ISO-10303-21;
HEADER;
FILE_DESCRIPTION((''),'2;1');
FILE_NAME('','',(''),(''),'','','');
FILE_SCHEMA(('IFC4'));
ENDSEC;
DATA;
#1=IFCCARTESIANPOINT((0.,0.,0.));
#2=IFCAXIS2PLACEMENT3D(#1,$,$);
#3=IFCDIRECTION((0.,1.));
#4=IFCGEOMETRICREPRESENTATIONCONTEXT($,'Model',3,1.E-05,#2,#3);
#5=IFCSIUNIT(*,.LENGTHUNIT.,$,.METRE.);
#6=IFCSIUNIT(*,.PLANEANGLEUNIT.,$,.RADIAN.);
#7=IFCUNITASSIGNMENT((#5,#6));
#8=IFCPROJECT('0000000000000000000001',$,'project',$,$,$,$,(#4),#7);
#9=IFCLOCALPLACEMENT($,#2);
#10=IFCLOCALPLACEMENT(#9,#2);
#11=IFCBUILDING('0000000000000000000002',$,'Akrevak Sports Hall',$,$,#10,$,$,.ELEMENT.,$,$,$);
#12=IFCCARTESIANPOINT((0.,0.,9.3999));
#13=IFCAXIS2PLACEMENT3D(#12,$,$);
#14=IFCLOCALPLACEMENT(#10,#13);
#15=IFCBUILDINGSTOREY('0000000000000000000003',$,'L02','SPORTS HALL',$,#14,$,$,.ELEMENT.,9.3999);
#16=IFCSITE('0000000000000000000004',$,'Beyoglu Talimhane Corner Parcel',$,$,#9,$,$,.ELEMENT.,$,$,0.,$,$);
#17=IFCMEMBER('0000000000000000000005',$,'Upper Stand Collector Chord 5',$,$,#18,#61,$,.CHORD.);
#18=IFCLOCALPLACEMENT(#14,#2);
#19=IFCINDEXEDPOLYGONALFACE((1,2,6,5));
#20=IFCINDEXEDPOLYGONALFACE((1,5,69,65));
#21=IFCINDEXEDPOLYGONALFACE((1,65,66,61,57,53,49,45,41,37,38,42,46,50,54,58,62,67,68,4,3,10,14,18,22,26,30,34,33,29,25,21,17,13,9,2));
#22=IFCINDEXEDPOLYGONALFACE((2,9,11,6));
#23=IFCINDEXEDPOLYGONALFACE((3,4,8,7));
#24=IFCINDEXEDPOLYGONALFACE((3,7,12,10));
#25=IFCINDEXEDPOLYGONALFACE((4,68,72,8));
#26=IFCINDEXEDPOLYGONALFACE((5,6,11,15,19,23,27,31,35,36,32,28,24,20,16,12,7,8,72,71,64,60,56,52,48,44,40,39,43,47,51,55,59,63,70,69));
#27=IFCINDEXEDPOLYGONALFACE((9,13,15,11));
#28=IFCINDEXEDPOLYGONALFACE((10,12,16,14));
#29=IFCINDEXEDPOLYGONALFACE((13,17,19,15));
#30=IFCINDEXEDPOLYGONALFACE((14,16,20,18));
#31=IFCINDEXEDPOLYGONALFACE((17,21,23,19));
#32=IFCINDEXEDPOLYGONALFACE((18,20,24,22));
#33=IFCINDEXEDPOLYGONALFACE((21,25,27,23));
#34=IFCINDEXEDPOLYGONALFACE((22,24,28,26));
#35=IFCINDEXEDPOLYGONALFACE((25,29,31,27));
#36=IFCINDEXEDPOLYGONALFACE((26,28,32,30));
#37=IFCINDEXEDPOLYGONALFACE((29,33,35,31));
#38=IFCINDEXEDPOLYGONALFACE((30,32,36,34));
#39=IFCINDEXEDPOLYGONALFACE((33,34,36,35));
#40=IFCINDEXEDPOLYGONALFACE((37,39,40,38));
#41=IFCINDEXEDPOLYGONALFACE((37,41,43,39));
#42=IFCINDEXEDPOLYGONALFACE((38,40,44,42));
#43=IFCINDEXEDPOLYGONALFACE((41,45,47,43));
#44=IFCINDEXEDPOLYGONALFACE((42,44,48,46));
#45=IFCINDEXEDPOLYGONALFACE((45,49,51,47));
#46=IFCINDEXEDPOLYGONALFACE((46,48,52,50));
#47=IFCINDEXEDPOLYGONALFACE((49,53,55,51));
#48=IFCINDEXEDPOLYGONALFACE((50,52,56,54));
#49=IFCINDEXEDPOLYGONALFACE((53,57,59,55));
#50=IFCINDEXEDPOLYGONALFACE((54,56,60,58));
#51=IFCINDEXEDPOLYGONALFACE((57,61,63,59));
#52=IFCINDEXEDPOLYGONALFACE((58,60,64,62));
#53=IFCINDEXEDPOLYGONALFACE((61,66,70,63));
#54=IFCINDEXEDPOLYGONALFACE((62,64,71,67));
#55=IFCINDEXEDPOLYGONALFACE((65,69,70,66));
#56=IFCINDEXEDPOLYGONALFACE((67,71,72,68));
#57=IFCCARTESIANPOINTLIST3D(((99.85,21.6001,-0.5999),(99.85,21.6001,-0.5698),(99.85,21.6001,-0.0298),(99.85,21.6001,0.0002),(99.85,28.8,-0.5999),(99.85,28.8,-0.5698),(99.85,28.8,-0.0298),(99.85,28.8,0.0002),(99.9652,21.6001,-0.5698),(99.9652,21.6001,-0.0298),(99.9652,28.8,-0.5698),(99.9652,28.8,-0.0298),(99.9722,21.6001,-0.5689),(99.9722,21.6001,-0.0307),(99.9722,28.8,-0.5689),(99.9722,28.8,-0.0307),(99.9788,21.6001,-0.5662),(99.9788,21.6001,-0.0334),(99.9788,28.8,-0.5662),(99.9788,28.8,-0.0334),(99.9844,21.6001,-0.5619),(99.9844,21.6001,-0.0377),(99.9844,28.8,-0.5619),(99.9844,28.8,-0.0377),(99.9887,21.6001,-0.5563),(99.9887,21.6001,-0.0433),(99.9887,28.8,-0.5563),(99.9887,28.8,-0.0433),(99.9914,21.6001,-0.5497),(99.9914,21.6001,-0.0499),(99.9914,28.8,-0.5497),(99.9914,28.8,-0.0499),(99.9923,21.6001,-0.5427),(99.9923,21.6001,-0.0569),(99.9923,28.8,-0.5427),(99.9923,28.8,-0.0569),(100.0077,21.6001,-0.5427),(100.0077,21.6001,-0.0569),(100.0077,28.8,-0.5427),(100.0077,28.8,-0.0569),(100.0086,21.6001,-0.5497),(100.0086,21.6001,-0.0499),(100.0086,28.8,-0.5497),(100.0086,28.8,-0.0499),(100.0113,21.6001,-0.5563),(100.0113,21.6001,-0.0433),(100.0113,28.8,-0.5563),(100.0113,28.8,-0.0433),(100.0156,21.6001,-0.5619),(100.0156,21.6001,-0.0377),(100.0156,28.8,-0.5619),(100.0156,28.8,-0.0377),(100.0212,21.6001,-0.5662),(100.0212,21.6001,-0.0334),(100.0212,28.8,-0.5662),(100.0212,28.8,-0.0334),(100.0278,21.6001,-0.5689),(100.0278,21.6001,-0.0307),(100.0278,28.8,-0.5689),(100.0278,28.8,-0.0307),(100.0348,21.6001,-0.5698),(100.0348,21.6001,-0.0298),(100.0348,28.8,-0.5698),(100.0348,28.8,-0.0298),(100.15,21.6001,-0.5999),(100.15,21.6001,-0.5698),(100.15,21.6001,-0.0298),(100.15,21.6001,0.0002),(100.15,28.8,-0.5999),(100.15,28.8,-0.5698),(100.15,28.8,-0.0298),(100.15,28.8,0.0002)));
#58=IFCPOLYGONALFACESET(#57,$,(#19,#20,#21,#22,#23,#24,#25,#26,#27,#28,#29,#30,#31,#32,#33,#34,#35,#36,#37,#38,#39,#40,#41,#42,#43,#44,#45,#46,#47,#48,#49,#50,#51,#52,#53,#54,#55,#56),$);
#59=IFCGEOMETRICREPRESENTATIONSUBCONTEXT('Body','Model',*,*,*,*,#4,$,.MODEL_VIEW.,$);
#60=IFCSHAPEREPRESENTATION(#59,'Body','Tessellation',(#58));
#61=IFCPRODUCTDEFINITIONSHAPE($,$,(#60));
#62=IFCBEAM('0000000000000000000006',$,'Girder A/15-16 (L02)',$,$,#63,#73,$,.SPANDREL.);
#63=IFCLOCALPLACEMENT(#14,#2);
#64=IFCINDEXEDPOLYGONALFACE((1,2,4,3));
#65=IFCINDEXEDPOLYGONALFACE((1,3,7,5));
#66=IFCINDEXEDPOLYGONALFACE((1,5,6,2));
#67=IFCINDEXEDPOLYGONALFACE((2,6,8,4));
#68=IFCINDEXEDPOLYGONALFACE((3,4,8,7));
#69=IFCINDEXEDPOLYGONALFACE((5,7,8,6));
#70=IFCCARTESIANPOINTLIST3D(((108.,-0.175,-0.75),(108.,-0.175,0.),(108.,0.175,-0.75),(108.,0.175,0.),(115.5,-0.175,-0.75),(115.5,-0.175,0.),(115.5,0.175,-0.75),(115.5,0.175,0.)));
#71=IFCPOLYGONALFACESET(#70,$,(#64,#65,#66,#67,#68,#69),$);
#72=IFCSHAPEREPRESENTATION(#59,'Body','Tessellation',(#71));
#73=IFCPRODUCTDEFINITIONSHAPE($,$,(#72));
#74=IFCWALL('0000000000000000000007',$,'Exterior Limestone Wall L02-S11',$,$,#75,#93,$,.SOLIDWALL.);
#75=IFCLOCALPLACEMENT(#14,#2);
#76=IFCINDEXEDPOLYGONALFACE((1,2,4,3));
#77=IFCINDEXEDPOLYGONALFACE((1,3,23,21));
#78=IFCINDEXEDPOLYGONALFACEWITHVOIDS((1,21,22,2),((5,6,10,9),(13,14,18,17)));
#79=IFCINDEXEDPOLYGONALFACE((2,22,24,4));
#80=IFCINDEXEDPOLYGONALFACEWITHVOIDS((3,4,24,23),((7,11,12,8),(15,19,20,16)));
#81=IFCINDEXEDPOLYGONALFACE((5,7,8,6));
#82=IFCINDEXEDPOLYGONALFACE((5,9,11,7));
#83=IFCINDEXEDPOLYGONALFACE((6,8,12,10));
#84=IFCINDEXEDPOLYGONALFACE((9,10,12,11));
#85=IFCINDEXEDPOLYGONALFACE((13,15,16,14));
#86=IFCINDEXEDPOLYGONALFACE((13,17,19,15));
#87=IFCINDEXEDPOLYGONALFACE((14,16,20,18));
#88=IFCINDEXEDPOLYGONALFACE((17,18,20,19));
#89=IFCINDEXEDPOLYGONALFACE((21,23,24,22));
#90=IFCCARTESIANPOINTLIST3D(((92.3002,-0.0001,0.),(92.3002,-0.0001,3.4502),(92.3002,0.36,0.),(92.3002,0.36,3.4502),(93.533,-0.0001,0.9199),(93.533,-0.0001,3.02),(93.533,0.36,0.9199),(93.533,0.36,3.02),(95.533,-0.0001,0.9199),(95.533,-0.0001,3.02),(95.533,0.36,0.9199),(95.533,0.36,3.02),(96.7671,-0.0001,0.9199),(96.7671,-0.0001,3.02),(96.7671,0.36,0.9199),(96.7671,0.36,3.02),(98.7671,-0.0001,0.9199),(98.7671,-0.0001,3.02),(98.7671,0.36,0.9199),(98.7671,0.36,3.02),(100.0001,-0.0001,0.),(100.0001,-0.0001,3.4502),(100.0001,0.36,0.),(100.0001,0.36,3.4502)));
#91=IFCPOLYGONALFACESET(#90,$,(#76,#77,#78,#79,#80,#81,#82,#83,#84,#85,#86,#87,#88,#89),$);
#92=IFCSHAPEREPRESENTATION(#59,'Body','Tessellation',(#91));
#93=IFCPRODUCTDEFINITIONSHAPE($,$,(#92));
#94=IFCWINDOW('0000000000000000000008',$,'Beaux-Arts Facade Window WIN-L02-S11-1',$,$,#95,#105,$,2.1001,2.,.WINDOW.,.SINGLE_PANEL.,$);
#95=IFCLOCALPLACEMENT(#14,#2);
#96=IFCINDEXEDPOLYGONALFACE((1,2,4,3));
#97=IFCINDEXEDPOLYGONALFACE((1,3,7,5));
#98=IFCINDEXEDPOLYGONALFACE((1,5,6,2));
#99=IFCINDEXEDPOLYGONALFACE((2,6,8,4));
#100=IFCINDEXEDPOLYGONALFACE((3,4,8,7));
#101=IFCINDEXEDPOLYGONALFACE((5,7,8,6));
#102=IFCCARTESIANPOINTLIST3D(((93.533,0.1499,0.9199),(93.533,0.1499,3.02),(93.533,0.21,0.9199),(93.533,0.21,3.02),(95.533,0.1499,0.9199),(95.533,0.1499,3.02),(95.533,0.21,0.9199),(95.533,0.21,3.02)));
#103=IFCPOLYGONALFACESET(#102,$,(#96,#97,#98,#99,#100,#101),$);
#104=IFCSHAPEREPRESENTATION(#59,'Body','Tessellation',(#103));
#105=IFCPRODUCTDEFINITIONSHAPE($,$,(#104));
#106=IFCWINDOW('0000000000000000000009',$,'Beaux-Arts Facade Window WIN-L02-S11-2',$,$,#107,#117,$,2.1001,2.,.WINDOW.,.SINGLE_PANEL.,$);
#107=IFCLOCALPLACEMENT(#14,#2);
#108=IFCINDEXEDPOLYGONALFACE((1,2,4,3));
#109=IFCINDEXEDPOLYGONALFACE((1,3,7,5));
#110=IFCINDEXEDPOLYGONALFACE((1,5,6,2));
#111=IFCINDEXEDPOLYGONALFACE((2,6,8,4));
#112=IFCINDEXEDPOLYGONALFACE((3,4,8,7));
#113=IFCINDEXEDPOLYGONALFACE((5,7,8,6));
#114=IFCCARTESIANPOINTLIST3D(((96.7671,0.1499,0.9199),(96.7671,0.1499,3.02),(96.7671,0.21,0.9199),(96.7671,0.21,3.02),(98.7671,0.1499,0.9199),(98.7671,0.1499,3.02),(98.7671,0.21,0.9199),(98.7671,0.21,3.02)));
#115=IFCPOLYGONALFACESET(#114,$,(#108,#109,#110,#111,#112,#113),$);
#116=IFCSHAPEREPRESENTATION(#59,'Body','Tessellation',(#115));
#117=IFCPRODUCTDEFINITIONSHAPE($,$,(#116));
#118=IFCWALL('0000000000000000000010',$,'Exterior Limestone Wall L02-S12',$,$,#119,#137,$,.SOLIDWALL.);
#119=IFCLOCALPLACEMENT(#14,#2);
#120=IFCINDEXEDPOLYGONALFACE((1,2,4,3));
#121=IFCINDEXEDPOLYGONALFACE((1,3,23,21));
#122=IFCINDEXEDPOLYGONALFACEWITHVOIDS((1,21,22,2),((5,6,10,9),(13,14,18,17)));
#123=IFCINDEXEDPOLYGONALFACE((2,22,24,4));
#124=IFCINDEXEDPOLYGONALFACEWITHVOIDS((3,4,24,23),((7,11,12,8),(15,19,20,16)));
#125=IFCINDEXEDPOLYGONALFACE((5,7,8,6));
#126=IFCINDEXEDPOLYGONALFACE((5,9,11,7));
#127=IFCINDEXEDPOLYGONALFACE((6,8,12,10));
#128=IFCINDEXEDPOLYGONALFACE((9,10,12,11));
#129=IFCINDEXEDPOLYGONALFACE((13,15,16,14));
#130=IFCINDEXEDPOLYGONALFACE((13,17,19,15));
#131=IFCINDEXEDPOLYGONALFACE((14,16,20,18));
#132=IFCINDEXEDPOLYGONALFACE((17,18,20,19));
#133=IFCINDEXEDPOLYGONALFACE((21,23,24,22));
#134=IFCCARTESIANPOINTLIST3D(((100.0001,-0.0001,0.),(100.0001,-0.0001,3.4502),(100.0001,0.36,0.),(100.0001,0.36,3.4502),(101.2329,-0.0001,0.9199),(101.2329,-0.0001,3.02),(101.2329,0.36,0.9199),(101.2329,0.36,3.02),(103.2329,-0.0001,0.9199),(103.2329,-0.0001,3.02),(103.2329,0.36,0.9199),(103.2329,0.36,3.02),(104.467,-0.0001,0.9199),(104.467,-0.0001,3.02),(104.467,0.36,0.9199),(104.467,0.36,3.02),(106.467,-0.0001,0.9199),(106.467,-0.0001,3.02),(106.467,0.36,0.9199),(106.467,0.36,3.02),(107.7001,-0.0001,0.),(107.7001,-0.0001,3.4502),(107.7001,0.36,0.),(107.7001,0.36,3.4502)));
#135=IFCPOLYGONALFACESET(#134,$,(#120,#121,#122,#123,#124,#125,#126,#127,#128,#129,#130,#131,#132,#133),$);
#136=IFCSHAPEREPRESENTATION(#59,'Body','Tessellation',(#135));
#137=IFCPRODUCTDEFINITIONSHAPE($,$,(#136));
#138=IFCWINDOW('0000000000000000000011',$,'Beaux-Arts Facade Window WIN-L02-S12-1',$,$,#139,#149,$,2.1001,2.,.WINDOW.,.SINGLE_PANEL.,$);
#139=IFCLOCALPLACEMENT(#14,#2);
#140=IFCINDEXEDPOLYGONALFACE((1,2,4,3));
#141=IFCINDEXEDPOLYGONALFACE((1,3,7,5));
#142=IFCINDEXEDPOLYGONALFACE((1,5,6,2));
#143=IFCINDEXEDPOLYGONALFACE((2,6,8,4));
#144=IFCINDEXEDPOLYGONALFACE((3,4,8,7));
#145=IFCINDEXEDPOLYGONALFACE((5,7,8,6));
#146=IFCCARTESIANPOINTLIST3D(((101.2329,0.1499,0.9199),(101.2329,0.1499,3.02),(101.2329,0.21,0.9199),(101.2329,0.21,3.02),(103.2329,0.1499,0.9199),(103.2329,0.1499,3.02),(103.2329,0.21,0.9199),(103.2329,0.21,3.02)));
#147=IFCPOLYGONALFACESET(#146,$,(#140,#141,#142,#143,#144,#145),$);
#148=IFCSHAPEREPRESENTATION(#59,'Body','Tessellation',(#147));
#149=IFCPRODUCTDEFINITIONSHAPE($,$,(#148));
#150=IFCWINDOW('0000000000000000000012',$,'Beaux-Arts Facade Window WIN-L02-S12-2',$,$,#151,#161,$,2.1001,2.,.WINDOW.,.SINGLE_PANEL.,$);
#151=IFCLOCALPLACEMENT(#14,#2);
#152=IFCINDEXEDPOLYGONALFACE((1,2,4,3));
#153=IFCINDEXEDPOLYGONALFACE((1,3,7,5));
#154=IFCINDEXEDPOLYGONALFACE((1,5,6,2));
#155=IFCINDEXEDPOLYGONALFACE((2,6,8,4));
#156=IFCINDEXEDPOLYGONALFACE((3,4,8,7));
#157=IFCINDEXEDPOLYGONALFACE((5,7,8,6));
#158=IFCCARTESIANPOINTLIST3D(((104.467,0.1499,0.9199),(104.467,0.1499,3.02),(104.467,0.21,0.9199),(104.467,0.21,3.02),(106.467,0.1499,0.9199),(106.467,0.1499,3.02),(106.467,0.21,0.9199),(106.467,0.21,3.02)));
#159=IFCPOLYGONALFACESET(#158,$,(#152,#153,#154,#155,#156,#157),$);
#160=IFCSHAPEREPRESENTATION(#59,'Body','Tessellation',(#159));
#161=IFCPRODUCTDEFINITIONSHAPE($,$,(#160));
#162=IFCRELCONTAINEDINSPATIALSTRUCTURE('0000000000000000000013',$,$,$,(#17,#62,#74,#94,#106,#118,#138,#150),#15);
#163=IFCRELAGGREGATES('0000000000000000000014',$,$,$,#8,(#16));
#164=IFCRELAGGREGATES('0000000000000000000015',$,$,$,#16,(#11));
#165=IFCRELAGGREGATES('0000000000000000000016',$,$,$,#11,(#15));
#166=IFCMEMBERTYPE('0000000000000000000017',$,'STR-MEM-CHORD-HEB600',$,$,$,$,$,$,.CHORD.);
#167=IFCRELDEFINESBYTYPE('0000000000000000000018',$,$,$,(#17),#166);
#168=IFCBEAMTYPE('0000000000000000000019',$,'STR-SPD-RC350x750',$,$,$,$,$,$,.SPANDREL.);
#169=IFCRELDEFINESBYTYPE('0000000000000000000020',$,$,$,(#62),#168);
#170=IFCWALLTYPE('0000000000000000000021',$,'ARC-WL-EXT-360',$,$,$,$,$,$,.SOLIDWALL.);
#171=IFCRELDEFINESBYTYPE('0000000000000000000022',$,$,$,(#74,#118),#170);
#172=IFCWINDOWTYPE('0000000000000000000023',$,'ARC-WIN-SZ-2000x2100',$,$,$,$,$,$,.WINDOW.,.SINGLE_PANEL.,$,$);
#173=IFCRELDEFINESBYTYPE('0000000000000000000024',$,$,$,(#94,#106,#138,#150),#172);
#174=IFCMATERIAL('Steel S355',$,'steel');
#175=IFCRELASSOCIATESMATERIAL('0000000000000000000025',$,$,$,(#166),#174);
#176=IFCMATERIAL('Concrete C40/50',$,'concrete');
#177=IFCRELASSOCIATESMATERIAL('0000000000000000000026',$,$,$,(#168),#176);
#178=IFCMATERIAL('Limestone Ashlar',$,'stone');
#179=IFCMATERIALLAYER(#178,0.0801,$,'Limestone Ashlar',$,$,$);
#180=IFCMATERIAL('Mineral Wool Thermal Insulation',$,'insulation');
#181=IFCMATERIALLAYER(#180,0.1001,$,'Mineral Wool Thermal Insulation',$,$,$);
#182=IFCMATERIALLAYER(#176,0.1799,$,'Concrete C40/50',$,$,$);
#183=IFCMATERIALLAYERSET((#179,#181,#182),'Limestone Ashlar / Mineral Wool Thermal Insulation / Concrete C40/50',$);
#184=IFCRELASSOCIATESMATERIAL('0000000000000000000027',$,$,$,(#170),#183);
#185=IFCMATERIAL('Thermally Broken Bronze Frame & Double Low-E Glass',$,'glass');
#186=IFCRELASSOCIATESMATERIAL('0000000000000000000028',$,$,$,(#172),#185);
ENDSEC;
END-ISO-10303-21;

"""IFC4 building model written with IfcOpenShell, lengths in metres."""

from ifc_helpers import new_model, si_unit, direction, frame, frame_2d, origin, origin_2d, place, context, subcontext, project, spatial, rectangle, i_section, extrude, material, layer, layer_set, material_profile, profile_set, type_object, element, fill, save


model = new_model("IFC4")

# Units and contexts
model_context = context("Model", 3, precision=1e-05, world=origin(), true_north=direction((0.0, 1.0)))
body_context = subcontext(model_context, "Body", "Model", "MODEL_VIEW")
ifc_project = project(units=[si_unit("LENGTHUNIT", "METRE"), si_unit("PLANEANGLEUNIT", "RADIAN")], contexts=[model_context])

# Site, building, storey
site_placement = place(None, origin())
site = spatial("IfcSite", under=ifc_project, at=site_placement, Name="Beyoglu Talimhane Corner Parcel", CompositionType="ELEMENT", RefElevation=0.0)
building_placement = place(site_placement, origin())
building = spatial("IfcBuilding", under=site, at=building_placement, Name="Akrevak Sports Hall", CompositionType="ELEMENT")
storey_placement = place(building_placement, frame((0.0, 0.0, 9.3999)))
storey = spatial("IfcBuildingStorey", under=building, at=storey_placement, Name="L02", Description="SPORTS HALL", CompositionType="ELEMENT", Elevation=9.3999)

# Shared definitions
ifc_material_1 = material(Name="Concrete C40/50", Category="concrete")

# Member
ifc_material_2 = material(Name="Steel S355", Category="steel")
ifc_material_profile_1 = material_profile(ifc_material_2, i_section(OverallWidth=0.3, OverallDepth=0.6001, WebThickness=0.0154, FlangeThickness=0.03, FilletRadius=0.0271, at=origin_2d()), Name="HEB 600", Category="steel")
ifc_profile_set_1 = profile_set([ifc_material_profile_1], Name="Steel S355")
member_type = type_object("IfcMemberType", Name="STR-MEM-CHORD-HEB600", PredefinedType="CHORD", material=ifc_profile_set_1)
member_placement = place(storey_placement, frame((100.0, 21.6001, -0.2998), z_axis=(0.0, 1.0, 0.0), x_axis=(-1.0, 0.0, 0.0)))
element("IfcMember", 1, at=member_placement, inside=storey, type_object=member_type, Name="Upper Stand Collector Chord 5", PredefinedType="CHORD", context=body_context, shape_type="SweptSolid", body=[
    extrude(i_section(OverallWidth=0.3, OverallDepth=0.6001, WebThickness=0.0154, FlangeThickness=0.03, FilletRadius=0.0271, at=origin_2d()), origin(), (0.0, 0.0, 1.0), 7.2),
])

# Beam
ifc_material_profile_2 = material_profile(ifc_material_1, rectangle(XDim=0.3501, YDim=0.75, at=origin_2d()), Name="SPD 350x750", Category="concrete")
ifc_profile_set_2 = profile_set([ifc_material_profile_2], Name="Concrete C40/50")
beam_type_1 = type_object("IfcBeamType", Name="STR-SPD-RC350x750", PredefinedType="SPANDREL", material=ifc_profile_set_2)
beam_1_placement = place(storey_placement, frame((108.0, 0.0, -0.375), z_axis=(1.0, 0.0, 0.0), x_axis=(0.0, 1.0, 0.0)))
element("IfcBeam", 2, at=beam_1_placement, inside=storey, type_object=beam_type_1, Name="Girder A/15-16 (L02)", PredefinedType="SPANDREL", context=body_context, shape_type="SweptSolid", body=[
    extrude(rectangle(XDim=0.3501, YDim=0.75, at=origin_2d()), origin(), (0.0, 0.0, 1.0), 7.5),
])

# Walls, openings, windows
ifc_material_3 = material(Name="Limestone Ashlar", Category="stone")
ifc_layer_1 = layer(ifc_material_3, 0.0801, Name="Limestone Ashlar")
ifc_material_4 = material(Name="Mineral Wool Thermal Insulation", Category="insulation")
ifc_layer_2 = layer(ifc_material_4, 0.1001, Name="Mineral Wool Thermal Insulation")
ifc_layer_3 = layer(ifc_material_1, 0.1799, Name="Concrete C40/50")
ifc_layer_set_1 = layer_set([ifc_layer_1, ifc_layer_2, ifc_layer_3], Name="Limestone Ashlar / Mineral Wool Thermal Insulation / Concrete C40/50")
wall_type = type_object("IfcWallType", Name="ARC-WL-EXT-360", PredefinedType="SOLIDWALL", material=ifc_layer_set_1)
wall_1_placement = place(storey_placement, frame((92.3, 0.1799, 0.0), z_axis=(0.0, 0.0, 1.0), x_axis=(1.0, 0.0, 0.0)))
wall_1 = element("IfcWall", 3, at=wall_1_placement, inside=storey, type_object=wall_type, Name="Exterior Limestone Wall L02-S11", PredefinedType="SOLIDWALL", context=body_context, shape_type="SweptSolid", body=[
    extrude(rectangle(XDim=7.7, YDim=0.3601, at=frame_2d((3.8501, 0.0))), origin(), (0.0, 0.0, 1.0), 3.4502),
])
opening_1_placement = place(wall_1_placement, frame((1.2329, 0.0, 0.9199)))
opening_1 = element("IfcOpeningElement", 4, at=opening_1_placement, cuts=wall_1, PredefinedType="OPENING", context=body_context, shape_type="SweptSolid", body=[
    extrude(rectangle(XDim=2.0, YDim=2.1001, at=frame_2d((1.0, 1.05))), frame((0.0, 0.1919, 0.0), z_axis=(0.0, -1.0, 0.0), x_axis=(1.0, 0.0, 0.0)), (0.0, 0.0, 1.0), 0.384),
])
opening_2_placement = place(wall_1_placement, frame((4.467, 0.0, 0.9199)))
opening_2 = element("IfcOpeningElement", 5, at=opening_2_placement, cuts=wall_1, PredefinedType="OPENING", context=body_context, shape_type="SweptSolid", body=[
    extrude(rectangle(XDim=2.0, YDim=2.1001, at=frame_2d((1.0, 1.05))), frame((0.0, 0.1919, 0.0), z_axis=(0.0, -1.0, 0.0), x_axis=(1.0, 0.0, 0.0)), (0.0, 0.0, 1.0), 0.384),
])
ifc_material_5 = material(Name="Thermally Broken Bronze Frame & Double Low-E Glass", Category="glass")
window_type = type_object("IfcWindowType", Name="ARC-WIN-SZ-2000x2100", PartitioningType="SINGLE_PANEL", PredefinedType="WINDOW", material=ifc_material_5)
window_1_placement = place(opening_1_placement, origin())
window_1 = element("IfcWindow", 6, at=window_1_placement, inside=storey, type_object=window_type, Name="Beaux-Arts Facade Window WIN-L02-S11-1", OverallHeight=2.1001, OverallWidth=2.0, PartitioningType="SINGLE_PANEL", PredefinedType="WINDOW", context=body_context, shape_type="SweptSolid", body=[
    extrude(rectangle(XDim=2.0, YDim=2.1001, at=frame_2d((1.0, 1.05))), frame((0.0, 0.03, 0.0), z_axis=(0.0, -1.0, 0.0), x_axis=(1.0, 0.0, 0.0)), (0.0, 0.0, 1.0), 0.0601),
])
fill(opening_1, window_1)
window_2_placement = place(opening_2_placement, origin())
window_2 = element("IfcWindow", 7, at=window_2_placement, inside=storey, type_object=window_type, Name="Beaux-Arts Facade Window WIN-L02-S11-2", OverallHeight=2.1001, OverallWidth=2.0, PartitioningType="SINGLE_PANEL", PredefinedType="WINDOW", context=body_context, shape_type="SweptSolid", body=[
    extrude(rectangle(XDim=2.0, YDim=2.1001, at=frame_2d((1.0, 1.05))), frame((0.0, 0.03, 0.0), z_axis=(0.0, -1.0, 0.0), x_axis=(1.0, 0.0, 0.0)), (0.0, 0.0, 1.0), 0.0601),
])
fill(opening_2, window_2)
wall_2_placement = place(storey_placement, frame((100.0, 0.1799, 0.0), z_axis=(0.0, 0.0, 1.0), x_axis=(1.0, 0.0, 0.0)))
wall_2 = element("IfcWall", 8, at=wall_2_placement, inside=storey, type_object=wall_type, Name="Exterior Limestone Wall L02-S12", PredefinedType="SOLIDWALL", context=body_context, shape_type="SweptSolid", body=[
    extrude(rectangle(XDim=7.7, YDim=0.3601, at=frame_2d((3.8501, 0.0))), origin(), (0.0, 0.0, 1.0), 3.4502),
])
opening_3_placement = place(wall_2_placement, frame((1.2329, 0.0, 0.9199)))
opening_3 = element("IfcOpeningElement", 9, at=opening_3_placement, cuts=wall_2, PredefinedType="OPENING", context=body_context, shape_type="SweptSolid", body=[
    extrude(rectangle(XDim=2.0, YDim=2.1001, at=frame_2d((1.0, 1.05))), frame((0.0, 0.1919, 0.0), z_axis=(0.0, -1.0, 0.0), x_axis=(1.0, 0.0, 0.0)), (0.0, 0.0, 1.0), 0.384),
])
opening_4_placement = place(wall_2_placement, frame((4.467, 0.0, 0.9199)))
opening_4 = element("IfcOpeningElement", 10, at=opening_4_placement, cuts=wall_2, PredefinedType="OPENING", context=body_context, shape_type="SweptSolid", body=[
    extrude(rectangle(XDim=2.0, YDim=2.1001, at=frame_2d((1.0, 1.05))), frame((0.0, 0.1919, 0.0), z_axis=(0.0, -1.0, 0.0), x_axis=(1.0, 0.0, 0.0)), (0.0, 0.0, 1.0), 0.384),
])
window_3_placement = place(opening_3_placement, origin())
window_3 = element("IfcWindow", 11, at=window_3_placement, inside=storey, type_object=window_type, Name="Beaux-Arts Facade Window WIN-L02-S12-1", OverallHeight=2.1001, OverallWidth=2.0, PartitioningType="SINGLE_PANEL", PredefinedType="WINDOW", context=body_context, shape_type="SweptSolid", body=[
    extrude(rectangle(XDim=2.0, YDim=2.1001, at=frame_2d((1.0, 1.05))), frame((0.0, 0.03, 0.0), z_axis=(0.0, -1.0, 0.0), x_axis=(1.0, 0.0, 0.0)), (0.0, 0.0, 1.0), 0.0601),
])
fill(opening_3, window_3)
window_4_placement = place(opening_4_placement, origin())
window_4 = element("IfcWindow", 12, at=window_4_placement, inside=storey, type_object=window_type, Name="Beaux-Arts Facade Window WIN-L02-S12-2", OverallHeight=2.1001, OverallWidth=2.0, PartitioningType="SINGLE_PANEL", PredefinedType="WINDOW", context=body_context, shape_type="SweptSolid", body=[
    extrude(rectangle(XDim=2.0, YDim=2.1001, at=frame_2d((1.0, 1.05))), frame((0.0, 0.03, 0.0), z_axis=(0.0, -1.0, 0.0), x_axis=(1.0, 0.0, 0.0)), (0.0, 0.0, 1.0), 0.0601),
])
fill(opening_4, window_4)

save(model, "model.ifc")
